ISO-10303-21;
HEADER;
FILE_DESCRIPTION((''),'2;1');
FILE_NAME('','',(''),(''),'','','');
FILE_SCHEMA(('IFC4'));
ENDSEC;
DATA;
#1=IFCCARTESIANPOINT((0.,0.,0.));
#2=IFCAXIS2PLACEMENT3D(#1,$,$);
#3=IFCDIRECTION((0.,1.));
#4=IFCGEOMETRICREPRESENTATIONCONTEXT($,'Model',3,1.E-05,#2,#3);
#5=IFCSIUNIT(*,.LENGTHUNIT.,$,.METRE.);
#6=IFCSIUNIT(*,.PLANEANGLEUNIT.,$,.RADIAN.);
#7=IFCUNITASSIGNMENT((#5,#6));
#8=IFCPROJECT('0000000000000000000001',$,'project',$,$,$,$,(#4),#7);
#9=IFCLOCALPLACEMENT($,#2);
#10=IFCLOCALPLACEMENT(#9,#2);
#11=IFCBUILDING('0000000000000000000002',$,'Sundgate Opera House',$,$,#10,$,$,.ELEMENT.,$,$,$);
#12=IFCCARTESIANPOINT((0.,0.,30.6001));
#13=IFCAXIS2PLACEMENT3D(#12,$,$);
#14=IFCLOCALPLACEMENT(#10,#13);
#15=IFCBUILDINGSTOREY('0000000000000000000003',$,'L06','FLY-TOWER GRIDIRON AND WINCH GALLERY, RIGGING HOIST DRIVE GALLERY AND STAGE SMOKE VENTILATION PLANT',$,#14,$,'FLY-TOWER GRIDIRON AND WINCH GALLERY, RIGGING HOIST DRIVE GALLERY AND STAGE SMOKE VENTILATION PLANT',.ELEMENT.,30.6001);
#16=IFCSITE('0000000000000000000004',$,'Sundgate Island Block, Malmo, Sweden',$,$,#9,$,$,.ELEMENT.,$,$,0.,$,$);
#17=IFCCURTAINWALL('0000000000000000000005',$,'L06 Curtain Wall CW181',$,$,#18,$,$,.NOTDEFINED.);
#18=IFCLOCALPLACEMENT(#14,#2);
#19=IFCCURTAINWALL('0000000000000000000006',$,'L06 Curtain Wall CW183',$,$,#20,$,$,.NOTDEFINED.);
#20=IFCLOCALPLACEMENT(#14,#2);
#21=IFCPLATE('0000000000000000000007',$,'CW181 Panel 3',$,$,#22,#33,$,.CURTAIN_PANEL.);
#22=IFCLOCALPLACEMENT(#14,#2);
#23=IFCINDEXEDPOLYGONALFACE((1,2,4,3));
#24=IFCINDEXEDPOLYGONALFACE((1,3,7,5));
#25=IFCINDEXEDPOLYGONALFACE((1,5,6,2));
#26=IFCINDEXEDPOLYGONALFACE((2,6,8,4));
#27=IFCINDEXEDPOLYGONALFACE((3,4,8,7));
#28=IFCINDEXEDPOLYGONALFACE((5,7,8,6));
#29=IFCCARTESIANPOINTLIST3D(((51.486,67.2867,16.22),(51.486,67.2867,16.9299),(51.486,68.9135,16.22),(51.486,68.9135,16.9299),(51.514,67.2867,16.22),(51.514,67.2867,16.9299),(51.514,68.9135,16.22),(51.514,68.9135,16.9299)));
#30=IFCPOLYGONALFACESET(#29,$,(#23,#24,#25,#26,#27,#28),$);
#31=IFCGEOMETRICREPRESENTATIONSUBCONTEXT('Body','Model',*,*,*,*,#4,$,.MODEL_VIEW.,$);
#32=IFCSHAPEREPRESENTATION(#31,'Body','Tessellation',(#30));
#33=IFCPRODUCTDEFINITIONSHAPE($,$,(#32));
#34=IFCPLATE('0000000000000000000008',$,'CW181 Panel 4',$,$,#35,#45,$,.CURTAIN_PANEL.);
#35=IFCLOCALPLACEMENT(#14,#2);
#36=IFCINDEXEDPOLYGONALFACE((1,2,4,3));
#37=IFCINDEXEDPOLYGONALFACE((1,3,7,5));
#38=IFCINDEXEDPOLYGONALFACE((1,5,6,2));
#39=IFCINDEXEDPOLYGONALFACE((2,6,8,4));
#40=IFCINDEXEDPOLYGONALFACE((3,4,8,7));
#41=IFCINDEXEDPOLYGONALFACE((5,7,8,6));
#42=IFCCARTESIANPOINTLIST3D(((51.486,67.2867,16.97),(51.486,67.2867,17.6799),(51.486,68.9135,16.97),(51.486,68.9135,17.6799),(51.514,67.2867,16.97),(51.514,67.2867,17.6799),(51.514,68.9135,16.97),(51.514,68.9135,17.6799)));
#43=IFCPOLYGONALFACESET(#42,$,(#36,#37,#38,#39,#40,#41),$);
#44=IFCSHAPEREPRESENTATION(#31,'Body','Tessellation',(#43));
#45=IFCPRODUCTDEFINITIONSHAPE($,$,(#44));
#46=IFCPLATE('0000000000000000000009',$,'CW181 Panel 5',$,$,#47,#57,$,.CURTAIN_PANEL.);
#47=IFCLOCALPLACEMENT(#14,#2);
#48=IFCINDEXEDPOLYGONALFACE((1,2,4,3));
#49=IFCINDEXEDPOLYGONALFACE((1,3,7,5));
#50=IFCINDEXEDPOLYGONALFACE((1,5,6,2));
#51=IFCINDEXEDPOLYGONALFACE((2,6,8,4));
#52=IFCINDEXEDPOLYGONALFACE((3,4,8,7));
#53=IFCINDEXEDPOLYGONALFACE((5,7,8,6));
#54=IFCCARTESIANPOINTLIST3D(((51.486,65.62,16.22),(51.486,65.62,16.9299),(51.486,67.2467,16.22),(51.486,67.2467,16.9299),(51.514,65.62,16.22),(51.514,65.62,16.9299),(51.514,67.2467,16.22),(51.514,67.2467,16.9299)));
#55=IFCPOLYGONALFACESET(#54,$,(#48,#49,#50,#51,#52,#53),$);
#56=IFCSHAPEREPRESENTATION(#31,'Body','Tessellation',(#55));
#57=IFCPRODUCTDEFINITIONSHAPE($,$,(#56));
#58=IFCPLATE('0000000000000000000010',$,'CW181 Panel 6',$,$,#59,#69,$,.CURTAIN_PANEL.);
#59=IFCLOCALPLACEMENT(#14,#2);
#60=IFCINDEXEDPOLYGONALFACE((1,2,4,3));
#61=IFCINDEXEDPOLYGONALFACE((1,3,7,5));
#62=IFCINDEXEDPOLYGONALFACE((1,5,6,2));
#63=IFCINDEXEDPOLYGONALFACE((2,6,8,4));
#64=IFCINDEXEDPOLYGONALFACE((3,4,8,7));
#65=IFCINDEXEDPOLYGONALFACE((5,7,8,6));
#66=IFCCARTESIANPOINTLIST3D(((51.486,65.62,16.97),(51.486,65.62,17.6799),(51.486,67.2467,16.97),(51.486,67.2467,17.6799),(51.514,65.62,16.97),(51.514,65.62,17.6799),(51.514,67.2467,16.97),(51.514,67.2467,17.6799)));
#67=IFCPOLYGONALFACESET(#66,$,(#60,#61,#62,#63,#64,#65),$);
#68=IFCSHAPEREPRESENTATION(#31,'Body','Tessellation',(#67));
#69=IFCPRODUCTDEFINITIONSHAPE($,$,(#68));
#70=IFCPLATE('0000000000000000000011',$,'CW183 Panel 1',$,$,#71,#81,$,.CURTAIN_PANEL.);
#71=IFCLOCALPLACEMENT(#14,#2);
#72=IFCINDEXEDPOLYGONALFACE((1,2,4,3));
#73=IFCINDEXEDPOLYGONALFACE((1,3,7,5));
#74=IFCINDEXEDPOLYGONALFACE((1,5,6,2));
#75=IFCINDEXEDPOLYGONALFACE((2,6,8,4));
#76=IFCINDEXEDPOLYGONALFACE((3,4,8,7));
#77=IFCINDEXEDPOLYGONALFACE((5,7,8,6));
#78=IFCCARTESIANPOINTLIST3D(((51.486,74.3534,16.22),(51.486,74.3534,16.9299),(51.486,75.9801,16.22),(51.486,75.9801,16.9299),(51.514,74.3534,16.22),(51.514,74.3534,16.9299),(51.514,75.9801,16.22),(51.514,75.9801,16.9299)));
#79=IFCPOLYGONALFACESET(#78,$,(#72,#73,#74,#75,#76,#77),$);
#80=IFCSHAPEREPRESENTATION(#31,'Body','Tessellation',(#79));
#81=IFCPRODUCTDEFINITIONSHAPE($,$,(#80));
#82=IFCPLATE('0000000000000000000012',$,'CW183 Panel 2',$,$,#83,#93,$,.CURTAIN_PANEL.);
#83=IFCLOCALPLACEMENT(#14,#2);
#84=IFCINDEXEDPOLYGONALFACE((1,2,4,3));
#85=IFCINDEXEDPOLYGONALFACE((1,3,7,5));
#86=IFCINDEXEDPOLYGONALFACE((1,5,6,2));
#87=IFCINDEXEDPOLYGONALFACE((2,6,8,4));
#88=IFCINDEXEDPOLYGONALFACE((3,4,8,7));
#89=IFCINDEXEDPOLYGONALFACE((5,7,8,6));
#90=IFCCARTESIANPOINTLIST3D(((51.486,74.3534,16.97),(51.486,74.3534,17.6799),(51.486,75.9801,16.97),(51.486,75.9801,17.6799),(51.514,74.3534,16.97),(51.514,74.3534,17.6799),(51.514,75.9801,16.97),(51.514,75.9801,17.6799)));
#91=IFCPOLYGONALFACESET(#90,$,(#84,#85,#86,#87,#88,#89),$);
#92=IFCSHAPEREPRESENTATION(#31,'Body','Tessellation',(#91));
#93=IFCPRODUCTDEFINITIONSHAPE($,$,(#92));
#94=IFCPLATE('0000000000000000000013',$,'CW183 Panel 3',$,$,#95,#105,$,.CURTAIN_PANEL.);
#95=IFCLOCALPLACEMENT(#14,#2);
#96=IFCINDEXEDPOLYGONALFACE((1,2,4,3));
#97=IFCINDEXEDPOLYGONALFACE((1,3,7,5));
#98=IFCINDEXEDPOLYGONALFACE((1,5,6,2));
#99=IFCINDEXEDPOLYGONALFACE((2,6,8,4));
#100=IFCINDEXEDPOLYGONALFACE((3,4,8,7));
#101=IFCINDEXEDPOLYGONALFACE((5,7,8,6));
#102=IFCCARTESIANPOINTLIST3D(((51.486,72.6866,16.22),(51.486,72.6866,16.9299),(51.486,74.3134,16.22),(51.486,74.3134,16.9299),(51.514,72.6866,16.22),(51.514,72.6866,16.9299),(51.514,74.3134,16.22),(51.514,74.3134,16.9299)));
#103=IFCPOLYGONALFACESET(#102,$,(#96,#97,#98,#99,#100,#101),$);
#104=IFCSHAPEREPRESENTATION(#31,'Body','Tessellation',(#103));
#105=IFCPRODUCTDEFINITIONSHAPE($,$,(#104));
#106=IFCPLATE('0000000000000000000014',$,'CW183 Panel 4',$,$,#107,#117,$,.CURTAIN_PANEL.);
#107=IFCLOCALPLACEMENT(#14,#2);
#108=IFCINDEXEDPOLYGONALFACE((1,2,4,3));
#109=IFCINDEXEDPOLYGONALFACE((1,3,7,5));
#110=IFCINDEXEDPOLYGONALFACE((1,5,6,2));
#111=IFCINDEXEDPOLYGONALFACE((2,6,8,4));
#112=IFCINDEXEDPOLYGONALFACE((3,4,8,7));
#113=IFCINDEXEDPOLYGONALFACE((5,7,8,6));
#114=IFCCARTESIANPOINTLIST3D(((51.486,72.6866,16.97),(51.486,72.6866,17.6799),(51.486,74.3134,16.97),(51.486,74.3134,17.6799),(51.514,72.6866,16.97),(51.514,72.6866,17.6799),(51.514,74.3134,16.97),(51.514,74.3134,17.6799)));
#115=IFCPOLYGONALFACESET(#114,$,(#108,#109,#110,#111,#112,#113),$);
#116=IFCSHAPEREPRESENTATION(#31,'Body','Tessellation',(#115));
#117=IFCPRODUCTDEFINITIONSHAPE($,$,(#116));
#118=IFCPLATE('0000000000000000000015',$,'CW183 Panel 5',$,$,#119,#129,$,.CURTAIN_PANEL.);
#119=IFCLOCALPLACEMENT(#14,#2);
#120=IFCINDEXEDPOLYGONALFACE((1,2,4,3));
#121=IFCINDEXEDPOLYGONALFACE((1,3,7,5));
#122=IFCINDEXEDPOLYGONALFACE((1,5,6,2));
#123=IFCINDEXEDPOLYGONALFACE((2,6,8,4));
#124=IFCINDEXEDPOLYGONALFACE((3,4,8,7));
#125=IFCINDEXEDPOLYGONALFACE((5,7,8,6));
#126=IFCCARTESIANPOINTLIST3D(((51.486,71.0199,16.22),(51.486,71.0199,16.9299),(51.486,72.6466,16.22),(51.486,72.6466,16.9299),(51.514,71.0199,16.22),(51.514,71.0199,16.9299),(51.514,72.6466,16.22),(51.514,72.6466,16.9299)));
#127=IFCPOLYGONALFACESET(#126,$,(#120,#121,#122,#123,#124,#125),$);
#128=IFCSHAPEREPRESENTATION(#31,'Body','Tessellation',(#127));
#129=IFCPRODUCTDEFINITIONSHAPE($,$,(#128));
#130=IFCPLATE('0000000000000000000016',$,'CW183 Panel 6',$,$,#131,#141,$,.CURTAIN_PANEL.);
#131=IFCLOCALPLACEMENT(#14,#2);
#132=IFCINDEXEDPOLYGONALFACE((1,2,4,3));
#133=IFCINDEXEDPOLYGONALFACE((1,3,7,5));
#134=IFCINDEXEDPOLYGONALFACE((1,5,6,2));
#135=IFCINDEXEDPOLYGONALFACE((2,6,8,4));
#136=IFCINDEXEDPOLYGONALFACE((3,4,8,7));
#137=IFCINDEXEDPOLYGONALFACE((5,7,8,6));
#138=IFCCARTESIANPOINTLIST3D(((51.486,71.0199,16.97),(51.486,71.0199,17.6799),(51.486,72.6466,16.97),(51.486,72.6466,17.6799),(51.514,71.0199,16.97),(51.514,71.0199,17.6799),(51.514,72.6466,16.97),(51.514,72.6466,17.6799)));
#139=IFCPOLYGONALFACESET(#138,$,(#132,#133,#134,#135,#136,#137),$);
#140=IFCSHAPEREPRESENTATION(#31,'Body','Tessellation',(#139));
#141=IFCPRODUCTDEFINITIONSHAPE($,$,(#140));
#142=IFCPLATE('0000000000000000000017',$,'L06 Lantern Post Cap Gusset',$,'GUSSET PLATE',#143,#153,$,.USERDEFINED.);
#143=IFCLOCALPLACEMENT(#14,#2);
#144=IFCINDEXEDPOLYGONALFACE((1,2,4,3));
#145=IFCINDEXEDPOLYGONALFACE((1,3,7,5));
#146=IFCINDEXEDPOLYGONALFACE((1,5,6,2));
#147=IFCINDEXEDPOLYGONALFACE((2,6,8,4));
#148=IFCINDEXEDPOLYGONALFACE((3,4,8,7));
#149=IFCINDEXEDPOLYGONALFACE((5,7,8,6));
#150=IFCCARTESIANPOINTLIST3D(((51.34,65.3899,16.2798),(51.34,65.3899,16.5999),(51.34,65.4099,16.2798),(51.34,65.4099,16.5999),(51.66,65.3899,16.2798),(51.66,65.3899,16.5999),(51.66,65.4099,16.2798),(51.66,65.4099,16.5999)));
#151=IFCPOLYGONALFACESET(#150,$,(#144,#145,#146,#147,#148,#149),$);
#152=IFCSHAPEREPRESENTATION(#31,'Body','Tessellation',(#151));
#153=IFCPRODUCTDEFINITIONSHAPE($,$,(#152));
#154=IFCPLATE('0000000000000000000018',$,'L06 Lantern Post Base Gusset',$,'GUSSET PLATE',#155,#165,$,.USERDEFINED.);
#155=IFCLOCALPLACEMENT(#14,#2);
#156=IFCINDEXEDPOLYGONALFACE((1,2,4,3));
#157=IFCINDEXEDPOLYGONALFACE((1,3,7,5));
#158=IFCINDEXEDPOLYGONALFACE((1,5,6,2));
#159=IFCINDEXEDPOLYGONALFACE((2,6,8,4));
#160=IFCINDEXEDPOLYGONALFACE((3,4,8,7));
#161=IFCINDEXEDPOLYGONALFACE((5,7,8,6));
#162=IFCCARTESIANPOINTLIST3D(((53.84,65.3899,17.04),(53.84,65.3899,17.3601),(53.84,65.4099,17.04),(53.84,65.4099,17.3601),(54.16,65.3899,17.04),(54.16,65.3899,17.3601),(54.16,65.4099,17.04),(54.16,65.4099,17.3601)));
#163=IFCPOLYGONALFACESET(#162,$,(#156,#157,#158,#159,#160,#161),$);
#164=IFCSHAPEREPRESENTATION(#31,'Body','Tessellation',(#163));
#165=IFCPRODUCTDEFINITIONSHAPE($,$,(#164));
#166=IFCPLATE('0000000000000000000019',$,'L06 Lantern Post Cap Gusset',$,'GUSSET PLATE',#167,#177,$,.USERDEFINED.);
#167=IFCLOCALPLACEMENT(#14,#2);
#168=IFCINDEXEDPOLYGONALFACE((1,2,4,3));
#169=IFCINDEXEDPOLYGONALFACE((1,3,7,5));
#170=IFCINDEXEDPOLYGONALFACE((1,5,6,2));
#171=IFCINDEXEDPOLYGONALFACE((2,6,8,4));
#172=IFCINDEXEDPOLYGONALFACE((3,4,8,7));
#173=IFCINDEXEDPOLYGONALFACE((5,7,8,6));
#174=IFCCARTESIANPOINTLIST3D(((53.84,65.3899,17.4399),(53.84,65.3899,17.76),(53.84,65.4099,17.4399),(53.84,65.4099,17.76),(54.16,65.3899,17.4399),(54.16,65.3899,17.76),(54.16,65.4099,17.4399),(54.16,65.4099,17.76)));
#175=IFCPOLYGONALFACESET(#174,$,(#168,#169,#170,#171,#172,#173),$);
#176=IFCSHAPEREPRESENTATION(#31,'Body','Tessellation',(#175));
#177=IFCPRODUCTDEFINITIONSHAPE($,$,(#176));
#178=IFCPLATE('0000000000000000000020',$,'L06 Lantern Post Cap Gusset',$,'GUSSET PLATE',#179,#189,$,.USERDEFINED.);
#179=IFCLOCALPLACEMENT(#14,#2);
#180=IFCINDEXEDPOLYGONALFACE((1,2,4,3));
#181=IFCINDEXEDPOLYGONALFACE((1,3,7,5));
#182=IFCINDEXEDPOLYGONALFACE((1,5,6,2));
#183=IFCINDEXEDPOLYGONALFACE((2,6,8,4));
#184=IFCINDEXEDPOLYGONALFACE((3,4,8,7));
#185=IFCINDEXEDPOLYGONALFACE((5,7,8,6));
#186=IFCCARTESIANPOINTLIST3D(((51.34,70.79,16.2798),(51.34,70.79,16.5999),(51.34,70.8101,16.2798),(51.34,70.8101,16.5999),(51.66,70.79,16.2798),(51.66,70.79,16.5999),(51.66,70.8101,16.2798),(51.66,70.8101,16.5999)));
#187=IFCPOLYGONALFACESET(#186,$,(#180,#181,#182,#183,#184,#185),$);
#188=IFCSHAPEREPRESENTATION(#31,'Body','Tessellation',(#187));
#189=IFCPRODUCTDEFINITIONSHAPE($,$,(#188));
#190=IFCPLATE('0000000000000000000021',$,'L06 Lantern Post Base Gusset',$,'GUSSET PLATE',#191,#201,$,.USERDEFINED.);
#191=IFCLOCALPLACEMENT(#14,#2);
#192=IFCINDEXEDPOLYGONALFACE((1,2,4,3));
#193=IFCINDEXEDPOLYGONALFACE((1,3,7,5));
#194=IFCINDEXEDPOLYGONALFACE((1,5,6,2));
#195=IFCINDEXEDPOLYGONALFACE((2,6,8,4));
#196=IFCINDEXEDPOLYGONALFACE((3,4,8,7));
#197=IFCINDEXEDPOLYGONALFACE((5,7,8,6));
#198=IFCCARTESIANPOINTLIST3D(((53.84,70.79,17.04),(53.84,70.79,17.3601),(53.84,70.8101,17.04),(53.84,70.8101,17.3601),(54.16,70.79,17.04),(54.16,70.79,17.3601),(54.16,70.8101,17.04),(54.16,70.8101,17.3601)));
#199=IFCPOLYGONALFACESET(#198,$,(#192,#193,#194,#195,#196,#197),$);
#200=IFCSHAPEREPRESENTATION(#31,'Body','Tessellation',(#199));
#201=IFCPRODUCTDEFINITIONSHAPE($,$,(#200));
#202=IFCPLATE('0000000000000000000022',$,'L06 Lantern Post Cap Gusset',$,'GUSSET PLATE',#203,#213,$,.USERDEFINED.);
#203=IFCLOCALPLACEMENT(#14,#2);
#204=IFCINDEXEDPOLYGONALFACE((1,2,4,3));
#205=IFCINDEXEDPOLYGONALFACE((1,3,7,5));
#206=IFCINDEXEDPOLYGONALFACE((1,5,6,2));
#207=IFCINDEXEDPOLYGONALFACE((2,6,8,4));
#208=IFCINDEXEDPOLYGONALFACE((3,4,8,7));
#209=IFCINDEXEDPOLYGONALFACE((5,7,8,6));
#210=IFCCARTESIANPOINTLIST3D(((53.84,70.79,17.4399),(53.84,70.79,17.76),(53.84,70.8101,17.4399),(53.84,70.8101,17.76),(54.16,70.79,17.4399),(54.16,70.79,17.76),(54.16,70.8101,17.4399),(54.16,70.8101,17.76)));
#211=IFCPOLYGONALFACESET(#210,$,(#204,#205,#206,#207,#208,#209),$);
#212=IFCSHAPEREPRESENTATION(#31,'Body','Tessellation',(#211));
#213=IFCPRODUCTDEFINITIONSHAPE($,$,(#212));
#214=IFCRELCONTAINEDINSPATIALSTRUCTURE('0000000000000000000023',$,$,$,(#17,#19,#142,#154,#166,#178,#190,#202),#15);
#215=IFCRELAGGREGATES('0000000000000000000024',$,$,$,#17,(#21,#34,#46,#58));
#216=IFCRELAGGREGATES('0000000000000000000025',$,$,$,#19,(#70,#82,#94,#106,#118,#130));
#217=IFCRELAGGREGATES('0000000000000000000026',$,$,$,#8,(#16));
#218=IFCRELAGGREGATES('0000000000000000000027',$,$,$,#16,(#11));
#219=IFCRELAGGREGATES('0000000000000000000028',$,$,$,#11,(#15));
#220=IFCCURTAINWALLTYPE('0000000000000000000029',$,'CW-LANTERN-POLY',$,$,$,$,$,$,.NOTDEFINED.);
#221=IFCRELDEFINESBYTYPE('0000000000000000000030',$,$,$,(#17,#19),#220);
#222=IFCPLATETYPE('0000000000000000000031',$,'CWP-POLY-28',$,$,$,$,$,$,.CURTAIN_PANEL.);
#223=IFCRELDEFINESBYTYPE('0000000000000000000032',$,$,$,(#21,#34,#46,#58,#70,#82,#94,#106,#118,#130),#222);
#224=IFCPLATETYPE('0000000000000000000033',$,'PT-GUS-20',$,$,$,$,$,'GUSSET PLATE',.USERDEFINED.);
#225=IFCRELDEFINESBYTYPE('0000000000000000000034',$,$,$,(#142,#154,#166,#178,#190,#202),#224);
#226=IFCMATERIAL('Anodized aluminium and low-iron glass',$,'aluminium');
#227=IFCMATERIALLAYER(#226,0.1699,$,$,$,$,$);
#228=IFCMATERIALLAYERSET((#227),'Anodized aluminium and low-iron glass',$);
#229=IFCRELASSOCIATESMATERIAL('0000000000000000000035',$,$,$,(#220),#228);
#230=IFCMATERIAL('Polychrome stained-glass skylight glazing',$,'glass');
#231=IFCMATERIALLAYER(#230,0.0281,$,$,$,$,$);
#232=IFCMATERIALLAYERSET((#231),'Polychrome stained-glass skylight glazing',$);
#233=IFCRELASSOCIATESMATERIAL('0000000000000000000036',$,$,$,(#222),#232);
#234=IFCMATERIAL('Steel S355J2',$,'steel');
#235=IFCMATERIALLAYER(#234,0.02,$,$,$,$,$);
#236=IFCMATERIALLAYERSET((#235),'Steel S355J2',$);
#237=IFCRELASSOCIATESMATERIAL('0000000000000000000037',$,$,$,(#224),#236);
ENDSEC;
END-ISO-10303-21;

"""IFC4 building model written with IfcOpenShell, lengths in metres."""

from ifc_helpers import new_model, si_unit, direction, frame, origin, origin_2d, place, context, subcontext, project, spatial, rectangle, extrude, material, layer, layer_set, type_object, element, aggregate, save


model = new_model("IFC4")

# Units and contexts
model_context = context("Model", 3, precision=1e-05, world=origin(), true_north=direction((0.0, 1.0)))
body_context = subcontext(model_context, "Body", "Model", "MODEL_VIEW")
ifc_project = project(units=[si_unit("LENGTHUNIT", "METRE"), si_unit("PLANEANGLEUNIT", "RADIAN")], contexts=[model_context])

# Site, building, storey
site_placement = place(None, origin())
site = spatial("IfcSite", under=ifc_project, at=site_placement, Name="Sundgate Island Block, Malmo, Sweden", CompositionType="ELEMENT", RefElevation=0.0)
building_placement = place(site_placement, origin())
building = spatial("IfcBuilding", under=site, at=building_placement, Name="Sundgate Opera House", CompositionType="ELEMENT")
storey_placement = place(building_placement, frame((0.0, 0.0, 30.6001)))
storey = spatial("IfcBuildingStorey", under=building, at=storey_placement, Name="L06", Description="FLY-TOWER GRIDIRON AND WINCH GALLERY, RIGGING HOIST DRIVE GALLERY AND STAGE SMOKE VENTILATION PLANT", LongName="FLY-TOWER GRIDIRON AND WINCH GALLERY, RIGGING HOIST DRIVE GALLERY AND STAGE SMOKE VENTILATION PLANT", CompositionType="ELEMENT", Elevation=30.6001)

# Curtain walls
ifc_material_1 = material(Name="Anodized aluminium and low-iron glass", Category="aluminium")
ifc_layer_1 = layer(ifc_material_1, 0.1699)
ifc_layer_set_1 = layer_set([ifc_layer_1], Name="Anodized aluminium and low-iron glass")
curtain_wall_type = type_object("IfcCurtainWallType", Name="CW-LANTERN-POLY", PredefinedType="NOTDEFINED", material=ifc_layer_set_1)
curtain_wall_1_placement = place(storey_placement, origin())
curtain_wall_1 = element("IfcCurtainWall", 1, at=curtain_wall_1_placement, inside=storey, type_object=curtain_wall_type, Name="L06 Curtain Wall CW181", PredefinedType="NOTDEFINED")
curtain_wall_2_placement = place(storey_placement, origin())
curtain_wall_2 = element("IfcCurtainWall", 2, at=curtain_wall_2_placement, inside=storey, type_object=curtain_wall_type, Name="L06 Curtain Wall CW183", PredefinedType="NOTDEFINED")

# Plates
ifc_material_2 = material(Name="Polychrome stained-glass skylight glazing", Category="glass")
ifc_layer_2 = layer(ifc_material_2, 0.0281)
ifc_layer_set_2 = layer_set([ifc_layer_2], Name="Polychrome stained-glass skylight glazing")
plate_type_1 = type_object("IfcPlateType", Name="CWP-POLY-28", PredefinedType="CURTAIN_PANEL", material=ifc_layer_set_2)
plate_1_placement = place(storey_placement, frame((51.5, 68.1001, 16.22), z_axis=(0.0, 0.0, 1.0), x_axis=(0.0, -1.0, 0.0)))
plate_1 = element("IfcPlate", 3, at=plate_1_placement, type_object=plate_type_1, Name="CW181 Panel 3", PredefinedType="CURTAIN_PANEL", context=body_context, shape_type="SweptSolid", body=[
    extrude(rectangle(XDim=1.6267, YDim=0.0281, at=origin_2d()), origin(), (0.0, 0.0, 1.0), 0.71),
])
plate_2_placement = place(storey_placement, frame((51.5, 68.1001, 16.97), z_axis=(0.0, 0.0, 1.0), x_axis=(0.0, -1.0, 0.0)))
plate_2 = element("IfcPlate", 4, at=plate_2_placement, type_object=plate_type_1, Name="CW181 Panel 4", PredefinedType="CURTAIN_PANEL", context=body_context, shape_type="SweptSolid", body=[
    extrude(rectangle(XDim=1.6267, YDim=0.0281, at=origin_2d()), origin(), (0.0, 0.0, 1.0), 0.71),
])
plate_3_placement = place(storey_placement, frame((51.5, 66.4333, 16.22), z_axis=(0.0, 0.0, 1.0), x_axis=(0.0, -1.0, 0.0)))
plate_3 = element("IfcPlate", 5, at=plate_3_placement, type_object=plate_type_1, Name="CW181 Panel 5", PredefinedType="CURTAIN_PANEL", context=body_context, shape_type="SweptSolid", body=[
    extrude(rectangle(XDim=1.6267, YDim=0.0281, at=origin_2d()), origin(), (0.0, 0.0, 1.0), 0.71),
])
plate_4_placement = place(storey_placement, frame((51.5, 66.4333, 16.97), z_axis=(0.0, 0.0, 1.0), x_axis=(0.0, -1.0, 0.0)))
plate_4 = element("IfcPlate", 6, at=plate_4_placement, type_object=plate_type_1, Name="CW181 Panel 6", PredefinedType="CURTAIN_PANEL", context=body_context, shape_type="SweptSolid", body=[
    extrude(rectangle(XDim=1.6267, YDim=0.0281, at=origin_2d()), origin(), (0.0, 0.0, 1.0), 0.71),
])
aggregate(curtain_wall_1, [plate_1, plate_2, plate_3, plate_4])
plate_5_placement = place(storey_placement, frame((51.5, 75.1667, 16.22), z_axis=(0.0, 0.0, 1.0), x_axis=(0.0, -1.0, 0.0)))
plate_5 = element("IfcPlate", 7, at=plate_5_placement, type_object=plate_type_1, Name="CW183 Panel 1", PredefinedType="CURTAIN_PANEL", context=body_context, shape_type="SweptSolid", body=[
    extrude(rectangle(XDim=1.6267, YDim=0.0281, at=origin_2d()), origin(), (0.0, 0.0, 1.0), 0.71),
])
plate_6_placement = place(storey_placement, frame((51.5, 75.1667, 16.97), z_axis=(0.0, 0.0, 1.0), x_axis=(0.0, -1.0, 0.0)))
plate_6 = element("IfcPlate", 8, at=plate_6_placement, type_object=plate_type_1, Name="CW183 Panel 2", PredefinedType="CURTAIN_PANEL", context=body_context, shape_type="SweptSolid", body=[
    extrude(rectangle(XDim=1.6267, YDim=0.0281, at=origin_2d()), origin(), (0.0, 0.0, 1.0), 0.71),
])
plate_7_placement = place(storey_placement, frame((51.5, 73.5, 16.22), z_axis=(0.0, 0.0, 1.0), x_axis=(0.0, -1.0, 0.0)))
plate_7 = element("IfcPlate", 9, at=plate_7_placement, type_object=plate_type_1, Name="CW183 Panel 3", PredefinedType="CURTAIN_PANEL", context=body_context, shape_type="SweptSolid", body=[
    extrude(rectangle(XDim=1.6267, YDim=0.0281, at=origin_2d()), origin(), (0.0, 0.0, 1.0), 0.71),
])
plate_8_placement = place(storey_placement, frame((51.5, 73.5, 16.97), z_axis=(0.0, 0.0, 1.0), x_axis=(0.0, -1.0, 0.0)))
plate_8 = element("IfcPlate", 10, at=plate_8_placement, type_object=plate_type_1, Name="CW183 Panel 4", PredefinedType="CURTAIN_PANEL", context=body_context, shape_type="SweptSolid", body=[
    extrude(rectangle(XDim=1.6267, YDim=0.0281, at=origin_2d()), origin(), (0.0, 0.0, 1.0), 0.71),
])
plate_9_placement = place(storey_placement, frame((51.5, 71.8333, 16.22), z_axis=(0.0, 0.0, 1.0), x_axis=(0.0, -1.0, 0.0)))
plate_9 = element("IfcPlate", 11, at=plate_9_placement, type_object=plate_type_1, Name="CW183 Panel 5", PredefinedType="CURTAIN_PANEL", context=body_context, shape_type="SweptSolid", body=[
    extrude(rectangle(XDim=1.6267, YDim=0.0281, at=origin_2d()), origin(), (0.0, 0.0, 1.0), 0.71),
])
plate_10_placement = place(storey_placement, frame((51.5, 71.8333, 16.97), z_axis=(0.0, 0.0, 1.0), x_axis=(0.0, -1.0, 0.0)))
plate_10 = element("IfcPlate", 12, at=plate_10_placement, type_object=plate_type_1, Name="CW183 Panel 6", PredefinedType="CURTAIN_PANEL", context=body_context, shape_type="SweptSolid", body=[
    extrude(rectangle(XDim=1.6267, YDim=0.0281, at=origin_2d()), origin(), (0.0, 0.0, 1.0), 0.71),
])
aggregate(curtain_wall_2, [plate_5, plate_6, plate_7, plate_8, plate_9, plate_10])

# Plates
ifc_material_3 = material(Name="Steel S355J2", Category="steel")
ifc_layer_3 = layer(ifc_material_3, 0.02)
ifc_layer_set_3 = layer_set([ifc_layer_3], Name="Steel S355J2")
plate_type_2 = type_object("IfcPlateType", Name="PT-GUS-20", ElementType="GUSSET PLATE", PredefinedType="USERDEFINED", material=ifc_layer_set_3)
for number, where, z_axis, x_axis, name in (
    (13, (51.5, 65.3999, 16.2798), (0.0, 0.0, 1.0), (1.0, 0.0, 0.0), "L06 Lantern Post Cap Gusset"),
    (14, (54.0, 65.3999, 17.04), (0.0, 0.0, 1.0), (1.0, 0.0, 0.0), "L06 Lantern Post Base Gusset"),
    (15, (54.0, 65.3999, 17.4399), (0.0, 0.0, 1.0), (1.0, 0.0, 0.0), "L06 Lantern Post Cap Gusset"),
    (16, (51.5, 70.8, 16.2798), (0.0, 0.0, 1.0), (1.0, 0.0, 0.0), "L06 Lantern Post Cap Gusset"),
    (17, (54.0, 70.8, 17.04), (0.0, 0.0, 1.0), (1.0, 0.0, 0.0), "L06 Lantern Post Base Gusset"),
    (18, (54.0, 70.8, 17.4399), (0.0, 0.0, 1.0), (1.0, 0.0, 0.0), "L06 Lantern Post Cap Gusset"),
):
    element("IfcPlate", number, at=place(storey_placement, frame(where, z_axis=z_axis, x_axis=x_axis)), inside=storey, type_object=plate_type_2, Name=name, ObjectType="GUSSET PLATE", PredefinedType="USERDEFINED", context=body_context, shape_type="SweptSolid", body=[
        extrude(rectangle(XDim=0.3201, YDim=0.02, at=origin_2d()), origin(), (0.0, 0.0, 1.0), 0.3201),
    ])

save(model, "model.ifc")
